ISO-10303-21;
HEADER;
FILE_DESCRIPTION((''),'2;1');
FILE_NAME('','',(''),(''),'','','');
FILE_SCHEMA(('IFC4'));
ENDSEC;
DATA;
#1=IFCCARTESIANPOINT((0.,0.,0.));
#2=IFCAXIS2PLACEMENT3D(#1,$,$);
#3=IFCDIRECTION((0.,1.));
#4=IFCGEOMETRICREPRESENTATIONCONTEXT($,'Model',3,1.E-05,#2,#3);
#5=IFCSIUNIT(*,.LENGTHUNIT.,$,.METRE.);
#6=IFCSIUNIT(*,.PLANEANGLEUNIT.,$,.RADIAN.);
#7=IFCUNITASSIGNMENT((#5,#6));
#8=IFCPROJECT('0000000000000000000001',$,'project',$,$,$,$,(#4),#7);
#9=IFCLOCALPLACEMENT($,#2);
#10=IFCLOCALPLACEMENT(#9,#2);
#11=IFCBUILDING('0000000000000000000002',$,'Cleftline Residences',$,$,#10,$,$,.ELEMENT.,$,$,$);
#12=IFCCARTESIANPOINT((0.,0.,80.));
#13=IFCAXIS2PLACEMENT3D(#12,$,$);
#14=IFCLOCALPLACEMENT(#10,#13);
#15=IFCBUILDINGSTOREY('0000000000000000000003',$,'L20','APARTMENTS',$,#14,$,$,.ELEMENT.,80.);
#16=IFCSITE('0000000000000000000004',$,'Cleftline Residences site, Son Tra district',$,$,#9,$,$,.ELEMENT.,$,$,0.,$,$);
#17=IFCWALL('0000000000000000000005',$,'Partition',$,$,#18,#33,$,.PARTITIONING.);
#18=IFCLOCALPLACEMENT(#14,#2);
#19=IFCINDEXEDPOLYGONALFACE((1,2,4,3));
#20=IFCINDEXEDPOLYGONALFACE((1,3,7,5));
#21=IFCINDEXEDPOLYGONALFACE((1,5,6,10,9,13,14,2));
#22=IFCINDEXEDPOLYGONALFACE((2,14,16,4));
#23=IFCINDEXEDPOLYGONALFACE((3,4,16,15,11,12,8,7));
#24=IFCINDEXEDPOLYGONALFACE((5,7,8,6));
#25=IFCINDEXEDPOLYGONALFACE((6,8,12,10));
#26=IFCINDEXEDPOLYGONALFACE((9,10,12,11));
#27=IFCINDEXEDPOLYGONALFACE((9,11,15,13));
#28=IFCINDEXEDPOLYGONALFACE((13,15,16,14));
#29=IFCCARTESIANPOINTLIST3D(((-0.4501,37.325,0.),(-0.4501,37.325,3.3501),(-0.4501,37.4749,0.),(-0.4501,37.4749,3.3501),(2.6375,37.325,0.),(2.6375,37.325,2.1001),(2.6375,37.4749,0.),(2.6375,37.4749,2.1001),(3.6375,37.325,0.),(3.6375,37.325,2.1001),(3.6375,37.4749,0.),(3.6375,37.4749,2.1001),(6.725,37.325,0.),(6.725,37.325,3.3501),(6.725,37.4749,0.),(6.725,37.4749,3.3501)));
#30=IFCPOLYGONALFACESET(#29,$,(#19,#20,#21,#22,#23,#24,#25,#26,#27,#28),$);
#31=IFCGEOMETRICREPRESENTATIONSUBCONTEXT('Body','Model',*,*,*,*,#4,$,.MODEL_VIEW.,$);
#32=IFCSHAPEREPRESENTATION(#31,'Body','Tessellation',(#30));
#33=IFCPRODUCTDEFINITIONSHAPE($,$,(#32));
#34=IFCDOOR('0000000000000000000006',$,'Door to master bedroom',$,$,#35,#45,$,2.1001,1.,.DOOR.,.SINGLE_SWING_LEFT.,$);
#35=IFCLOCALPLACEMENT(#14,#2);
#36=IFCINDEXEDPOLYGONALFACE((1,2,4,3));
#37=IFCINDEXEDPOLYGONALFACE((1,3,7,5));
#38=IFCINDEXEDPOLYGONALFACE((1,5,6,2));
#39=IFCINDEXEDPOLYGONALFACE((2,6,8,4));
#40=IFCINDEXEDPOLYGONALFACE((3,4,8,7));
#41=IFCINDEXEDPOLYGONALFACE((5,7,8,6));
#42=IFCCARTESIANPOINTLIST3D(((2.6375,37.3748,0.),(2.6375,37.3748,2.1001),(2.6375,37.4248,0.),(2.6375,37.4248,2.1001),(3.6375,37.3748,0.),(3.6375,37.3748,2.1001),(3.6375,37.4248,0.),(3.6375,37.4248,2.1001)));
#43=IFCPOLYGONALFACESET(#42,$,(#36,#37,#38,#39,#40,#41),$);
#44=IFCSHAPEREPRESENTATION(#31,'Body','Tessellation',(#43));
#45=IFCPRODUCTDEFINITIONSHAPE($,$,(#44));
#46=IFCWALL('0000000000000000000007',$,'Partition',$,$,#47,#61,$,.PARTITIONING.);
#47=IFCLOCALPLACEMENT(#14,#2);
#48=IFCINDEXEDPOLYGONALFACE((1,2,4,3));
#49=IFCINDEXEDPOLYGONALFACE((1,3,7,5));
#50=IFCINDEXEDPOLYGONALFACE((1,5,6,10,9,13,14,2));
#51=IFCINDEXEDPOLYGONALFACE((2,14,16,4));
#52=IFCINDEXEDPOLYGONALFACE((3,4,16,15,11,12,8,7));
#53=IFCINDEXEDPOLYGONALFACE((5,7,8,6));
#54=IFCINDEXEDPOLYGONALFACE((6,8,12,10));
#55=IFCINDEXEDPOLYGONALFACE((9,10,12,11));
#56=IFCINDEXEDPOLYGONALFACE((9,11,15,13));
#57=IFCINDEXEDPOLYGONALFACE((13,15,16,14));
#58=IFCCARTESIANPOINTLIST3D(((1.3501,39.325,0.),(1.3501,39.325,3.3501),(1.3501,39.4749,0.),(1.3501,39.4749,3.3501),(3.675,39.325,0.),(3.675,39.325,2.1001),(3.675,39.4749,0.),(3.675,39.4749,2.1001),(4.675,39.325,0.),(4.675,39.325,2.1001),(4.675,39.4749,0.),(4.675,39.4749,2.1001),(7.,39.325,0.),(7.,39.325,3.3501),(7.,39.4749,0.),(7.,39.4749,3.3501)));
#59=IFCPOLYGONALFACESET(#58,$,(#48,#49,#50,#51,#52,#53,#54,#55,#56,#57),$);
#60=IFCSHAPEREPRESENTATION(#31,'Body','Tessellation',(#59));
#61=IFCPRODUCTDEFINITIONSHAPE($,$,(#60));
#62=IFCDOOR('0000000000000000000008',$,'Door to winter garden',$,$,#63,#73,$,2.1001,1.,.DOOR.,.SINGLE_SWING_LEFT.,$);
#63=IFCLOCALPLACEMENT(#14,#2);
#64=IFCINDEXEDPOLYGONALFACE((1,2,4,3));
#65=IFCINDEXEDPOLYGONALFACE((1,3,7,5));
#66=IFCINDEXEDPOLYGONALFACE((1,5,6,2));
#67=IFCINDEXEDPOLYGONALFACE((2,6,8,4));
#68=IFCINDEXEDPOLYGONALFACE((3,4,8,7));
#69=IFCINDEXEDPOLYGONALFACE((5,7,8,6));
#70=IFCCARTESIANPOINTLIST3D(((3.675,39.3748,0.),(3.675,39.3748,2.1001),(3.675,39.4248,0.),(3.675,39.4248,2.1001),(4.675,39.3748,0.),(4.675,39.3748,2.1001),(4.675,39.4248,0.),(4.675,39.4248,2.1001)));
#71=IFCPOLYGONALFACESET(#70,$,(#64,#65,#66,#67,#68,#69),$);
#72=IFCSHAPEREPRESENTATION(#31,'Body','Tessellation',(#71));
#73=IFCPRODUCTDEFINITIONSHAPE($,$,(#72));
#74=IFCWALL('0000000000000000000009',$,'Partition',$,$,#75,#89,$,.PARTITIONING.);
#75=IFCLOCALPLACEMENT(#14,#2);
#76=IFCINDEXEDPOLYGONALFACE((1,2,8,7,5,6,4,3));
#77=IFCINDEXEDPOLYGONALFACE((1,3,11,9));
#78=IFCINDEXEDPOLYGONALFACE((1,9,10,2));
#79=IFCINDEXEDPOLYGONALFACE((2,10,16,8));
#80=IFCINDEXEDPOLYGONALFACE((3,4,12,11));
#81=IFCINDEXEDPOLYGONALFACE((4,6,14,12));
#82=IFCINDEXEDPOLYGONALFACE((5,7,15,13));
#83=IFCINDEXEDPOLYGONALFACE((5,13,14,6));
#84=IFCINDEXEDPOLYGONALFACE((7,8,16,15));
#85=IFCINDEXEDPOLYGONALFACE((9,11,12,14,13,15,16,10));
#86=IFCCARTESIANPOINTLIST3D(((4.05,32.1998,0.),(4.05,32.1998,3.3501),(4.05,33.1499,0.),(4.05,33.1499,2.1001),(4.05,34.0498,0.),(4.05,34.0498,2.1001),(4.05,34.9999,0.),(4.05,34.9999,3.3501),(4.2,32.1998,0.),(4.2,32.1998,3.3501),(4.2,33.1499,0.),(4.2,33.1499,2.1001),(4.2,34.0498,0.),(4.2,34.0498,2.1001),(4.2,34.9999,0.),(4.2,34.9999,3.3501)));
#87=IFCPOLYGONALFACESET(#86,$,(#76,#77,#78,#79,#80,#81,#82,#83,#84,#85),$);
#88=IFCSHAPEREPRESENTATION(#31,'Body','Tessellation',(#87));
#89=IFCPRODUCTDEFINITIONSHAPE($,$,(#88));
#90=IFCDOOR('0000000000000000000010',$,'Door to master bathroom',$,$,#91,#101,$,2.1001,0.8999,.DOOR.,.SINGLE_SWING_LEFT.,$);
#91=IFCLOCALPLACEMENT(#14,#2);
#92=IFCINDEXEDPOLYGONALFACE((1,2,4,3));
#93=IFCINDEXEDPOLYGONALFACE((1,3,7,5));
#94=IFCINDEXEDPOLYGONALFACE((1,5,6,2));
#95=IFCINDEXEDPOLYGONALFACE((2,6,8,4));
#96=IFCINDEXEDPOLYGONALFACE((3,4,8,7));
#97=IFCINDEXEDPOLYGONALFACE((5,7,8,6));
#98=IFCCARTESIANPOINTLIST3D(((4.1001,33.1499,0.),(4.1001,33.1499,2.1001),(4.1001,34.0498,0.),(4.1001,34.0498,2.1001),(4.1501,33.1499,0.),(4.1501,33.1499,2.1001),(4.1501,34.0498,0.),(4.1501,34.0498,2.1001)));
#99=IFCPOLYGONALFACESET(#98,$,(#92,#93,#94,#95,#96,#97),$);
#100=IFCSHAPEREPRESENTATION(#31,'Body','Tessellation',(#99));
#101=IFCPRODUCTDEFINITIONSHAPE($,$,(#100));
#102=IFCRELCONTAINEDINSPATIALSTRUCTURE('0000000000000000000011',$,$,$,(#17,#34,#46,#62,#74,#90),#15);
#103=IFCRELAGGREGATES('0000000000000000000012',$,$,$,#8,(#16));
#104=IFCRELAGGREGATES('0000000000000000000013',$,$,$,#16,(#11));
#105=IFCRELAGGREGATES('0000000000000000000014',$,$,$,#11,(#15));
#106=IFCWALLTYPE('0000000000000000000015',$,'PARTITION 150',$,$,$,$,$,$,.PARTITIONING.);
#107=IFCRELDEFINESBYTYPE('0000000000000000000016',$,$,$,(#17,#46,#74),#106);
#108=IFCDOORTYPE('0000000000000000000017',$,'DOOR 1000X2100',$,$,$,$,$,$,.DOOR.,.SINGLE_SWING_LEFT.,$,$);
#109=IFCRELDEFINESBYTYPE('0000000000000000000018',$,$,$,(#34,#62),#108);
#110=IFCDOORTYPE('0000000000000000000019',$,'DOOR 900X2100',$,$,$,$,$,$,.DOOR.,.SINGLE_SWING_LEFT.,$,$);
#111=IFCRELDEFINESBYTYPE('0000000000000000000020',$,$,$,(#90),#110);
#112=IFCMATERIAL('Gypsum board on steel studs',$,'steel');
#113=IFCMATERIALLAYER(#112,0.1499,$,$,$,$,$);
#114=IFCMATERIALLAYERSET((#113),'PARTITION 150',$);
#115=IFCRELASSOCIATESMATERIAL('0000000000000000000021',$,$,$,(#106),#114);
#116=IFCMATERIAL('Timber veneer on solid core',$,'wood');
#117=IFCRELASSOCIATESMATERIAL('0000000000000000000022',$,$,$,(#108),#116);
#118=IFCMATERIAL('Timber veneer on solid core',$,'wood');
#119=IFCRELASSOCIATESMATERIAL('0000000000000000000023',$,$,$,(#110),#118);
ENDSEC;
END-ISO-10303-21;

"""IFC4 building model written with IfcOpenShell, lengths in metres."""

from ifc_helpers import new_model, si_unit, direction, frame, frame_2d, origin, place, context, subcontext, project, spatial, rectangle, extrude, material, layer, layer_set, type_object, element, fill, save


model = new_model("IFC4")

# Units and contexts
model_context = context("Model", 3, precision=1e-05, world=origin(), true_north=direction((0.0, 1.0)))
body_context = subcontext(model_context, "Body", "Model", "MODEL_VIEW")
ifc_project = project(units=[si_unit("LENGTHUNIT", "METRE"), si_unit("PLANEANGLEUNIT", "RADIAN")], contexts=[model_context])

# Site, building, storey
site_placement = place(None, origin())
site = spatial("IfcSite", under=ifc_project, at=site_placement, Name="Cleftline Residences site, Son Tra district", CompositionType="ELEMENT", RefElevation=0.0)
building_placement = place(site_placement, origin())
building = spatial("IfcBuilding", under=site, at=building_placement, Name="Cleftline Residences", CompositionType="ELEMENT")
storey_placement = place(building_placement, frame((0.0, 0.0, 80.0)))
storey = spatial("IfcBuildingStorey", under=building, at=storey_placement, Name="L20", Description="APARTMENTS", CompositionType="ELEMENT", Elevation=80.0)

# Shared definitions
ifc_material_1 = material(Name="Gypsum board on steel studs", Category="steel")
ifc_layer_1 = layer(ifc_material_1, 0.1499)
ifc_layer_set_1 = layer_set([ifc_layer_1], Name="PARTITION 150")
wall_type_1 = type_object("IfcWallType", Name="PARTITION 150", PredefinedType="PARTITIONING", material=ifc_layer_set_1)

# Walls, openings, doors
wall_1_placement = place(storey_placement, frame((-0.45, 37.3999, 0.0), z_axis=(0.0, 0.0, 1.0), x_axis=(1.0, 0.0, 0.0)))
wall_1 = element("IfcWall", 1, at=wall_1_placement, inside=storey, type_object=wall_type_1, Name="Partition", PredefinedType="PARTITIONING", context=body_context, shape_type="SweptSolid", body=[
    extrude(rectangle(XDim=7.175, YDim=0.1499, at=frame_2d((3.5874, 0.0))), origin(), (0.0, 0.0, 1.0), 3.3501),
])
opening_1_placement = place(wall_1_placement, frame((3.0874, 0.0, 0.0)))
opening_1 = element("IfcOpeningElement", 2, at=opening_1_placement, cuts=wall_1, PredefinedType="OPENING", context=body_context, shape_type="SweptSolid", body=[
    extrude(rectangle(XDim=1.0, YDim=2.1001, at=frame_2d((0.5, 1.05))), frame((0.0, 0.085, 0.0), z_axis=(0.0, -1.0, 0.0), x_axis=(1.0, 0.0, 0.0)), (0.0, 0.0, 1.0), 0.1699),
])
ifc_material_2 = material(Name="Timber veneer on solid core", Category="wood")
door_type_1 = type_object("IfcDoorType", Name="DOOR 1000X2100", OperationType="SINGLE_SWING_LEFT", PredefinedType="DOOR", material=ifc_material_2)
door_1_placement = place(opening_1_placement, origin())
door_1 = element("IfcDoor", 3, at=door_1_placement, inside=storey, type_object=door_type_1, Name="Door to master bedroom", OperationType="SINGLE_SWING_LEFT", OverallHeight=2.1001, OverallWidth=1.0, PredefinedType="DOOR", context=body_context, shape_type="SweptSolid", body=[
    extrude(rectangle(XDim=1.0, YDim=2.1001, at=frame_2d((0.5, 1.05))), frame((0.0, 0.0249, 0.0), z_axis=(0.0, -1.0, 0.0), x_axis=(1.0, 0.0, 0.0)), (0.0, 0.0, 1.0), 0.05),
])
fill(opening_1, door_1)
wall_2_placement = place(storey_placement, frame((1.3501, 39.3999, 0.0), z_axis=(0.0, 0.0, 1.0), x_axis=(1.0, 0.0, 0.0)))
wall_2 = element("IfcWall", 4, at=wall_2_placement, inside=storey, type_object=wall_type_1, Name="Partition", PredefinedType="PARTITIONING", context=body_context, shape_type="SweptSolid", body=[
    extrude(rectangle(XDim=5.6499, YDim=0.1499, at=frame_2d((2.825, 0.0))), origin(), (0.0, 0.0, 1.0), 3.3501),
])
opening_2_placement = place(wall_2_placement, frame((2.325, 0.0, 0.0)))
opening_2 = element("IfcOpeningElement", 5, at=opening_2_placement, cuts=wall_2, PredefinedType="OPENING", context=body_context, shape_type="SweptSolid", body=[
    extrude(rectangle(XDim=1.0, YDim=2.1001, at=frame_2d((0.5, 1.05))), frame((0.0, 0.085, 0.0), z_axis=(0.0, -1.0, 0.0), x_axis=(1.0, 0.0, 0.0)), (0.0, 0.0, 1.0), 0.1699),
])
door_2_placement = place(opening_2_placement, origin())
door_2 = element("IfcDoor", 6, at=door_2_placement, inside=storey, type_object=door_type_1, Name="Door to winter garden", OperationType="SINGLE_SWING_LEFT", OverallHeight=2.1001, OverallWidth=1.0, PredefinedType="DOOR", context=body_context, shape_type="SweptSolid", body=[
    extrude(rectangle(XDim=1.0, YDim=2.1001, at=frame_2d((0.5, 1.05))), frame((0.0, 0.0249, 0.0), z_axis=(0.0, -1.0, 0.0), x_axis=(1.0, 0.0, 0.0)), (0.0, 0.0, 1.0), 0.05),
])
fill(opening_2, door_2)
wall_3_placement = place(storey_placement, frame((4.125, 32.2, 0.0), z_axis=(0.0, 0.0, 1.0), x_axis=(0.0, 1.0, 0.0)))
wall_3 = element("IfcWall", 7, at=wall_3_placement, inside=storey, type_object=wall_type_1, Name="Partition", PredefinedType="PARTITIONING", context=body_context, shape_type="SweptSolid", body=[
    extrude(rectangle(XDim=2.8, YDim=0.1499, at=frame_2d((1.3999, 0.0))), origin(), (0.0, 0.0, 1.0), 3.3501),
])
opening_3_placement = place(wall_3_placement, frame((0.95, 0.0, 0.0)))
opening_3 = element("IfcOpeningElement", 8, at=opening_3_placement, cuts=wall_3, PredefinedType="OPENING", context=body_context, shape_type="SweptSolid", body=[
    extrude(rectangle(XDim=0.8999, YDim=2.1001, at=frame_2d((0.45, 1.05))), frame((0.0, 0.085, 0.0), z_axis=(0.0, -1.0, 0.0), x_axis=(1.0, 0.0, 0.0)), (0.0, 0.0, 1.0), 0.1699),
])
ifc_material_3 = material(Name="Timber veneer on solid core", Category="wood")
door_type_2 = type_object("IfcDoorType", Name="DOOR 900X2100", OperationType="SINGLE_SWING_LEFT", PredefinedType="DOOR", material=ifc_material_3)
door_3_placement = place(opening_3_placement, origin())
door_3 = element("IfcDoor", 9, at=door_3_placement, inside=storey, type_object=door_type_2, Name="Door to master bathroom", OperationType="SINGLE_SWING_LEFT", OverallHeight=2.1001, OverallWidth=0.8999, PredefinedType="DOOR", context=body_context, shape_type="SweptSolid", body=[
    extrude(rectangle(XDim=0.8999, YDim=2.1001, at=frame_2d((0.45, 1.05))), frame((0.0, 0.0249, 0.0), z_axis=(0.0, -1.0, 0.0), x_axis=(1.0, 0.0, 0.0)), (0.0, 0.0, 1.0), 0.05),
])
fill(opening_3, door_3)

save(model, "model.ifc")
